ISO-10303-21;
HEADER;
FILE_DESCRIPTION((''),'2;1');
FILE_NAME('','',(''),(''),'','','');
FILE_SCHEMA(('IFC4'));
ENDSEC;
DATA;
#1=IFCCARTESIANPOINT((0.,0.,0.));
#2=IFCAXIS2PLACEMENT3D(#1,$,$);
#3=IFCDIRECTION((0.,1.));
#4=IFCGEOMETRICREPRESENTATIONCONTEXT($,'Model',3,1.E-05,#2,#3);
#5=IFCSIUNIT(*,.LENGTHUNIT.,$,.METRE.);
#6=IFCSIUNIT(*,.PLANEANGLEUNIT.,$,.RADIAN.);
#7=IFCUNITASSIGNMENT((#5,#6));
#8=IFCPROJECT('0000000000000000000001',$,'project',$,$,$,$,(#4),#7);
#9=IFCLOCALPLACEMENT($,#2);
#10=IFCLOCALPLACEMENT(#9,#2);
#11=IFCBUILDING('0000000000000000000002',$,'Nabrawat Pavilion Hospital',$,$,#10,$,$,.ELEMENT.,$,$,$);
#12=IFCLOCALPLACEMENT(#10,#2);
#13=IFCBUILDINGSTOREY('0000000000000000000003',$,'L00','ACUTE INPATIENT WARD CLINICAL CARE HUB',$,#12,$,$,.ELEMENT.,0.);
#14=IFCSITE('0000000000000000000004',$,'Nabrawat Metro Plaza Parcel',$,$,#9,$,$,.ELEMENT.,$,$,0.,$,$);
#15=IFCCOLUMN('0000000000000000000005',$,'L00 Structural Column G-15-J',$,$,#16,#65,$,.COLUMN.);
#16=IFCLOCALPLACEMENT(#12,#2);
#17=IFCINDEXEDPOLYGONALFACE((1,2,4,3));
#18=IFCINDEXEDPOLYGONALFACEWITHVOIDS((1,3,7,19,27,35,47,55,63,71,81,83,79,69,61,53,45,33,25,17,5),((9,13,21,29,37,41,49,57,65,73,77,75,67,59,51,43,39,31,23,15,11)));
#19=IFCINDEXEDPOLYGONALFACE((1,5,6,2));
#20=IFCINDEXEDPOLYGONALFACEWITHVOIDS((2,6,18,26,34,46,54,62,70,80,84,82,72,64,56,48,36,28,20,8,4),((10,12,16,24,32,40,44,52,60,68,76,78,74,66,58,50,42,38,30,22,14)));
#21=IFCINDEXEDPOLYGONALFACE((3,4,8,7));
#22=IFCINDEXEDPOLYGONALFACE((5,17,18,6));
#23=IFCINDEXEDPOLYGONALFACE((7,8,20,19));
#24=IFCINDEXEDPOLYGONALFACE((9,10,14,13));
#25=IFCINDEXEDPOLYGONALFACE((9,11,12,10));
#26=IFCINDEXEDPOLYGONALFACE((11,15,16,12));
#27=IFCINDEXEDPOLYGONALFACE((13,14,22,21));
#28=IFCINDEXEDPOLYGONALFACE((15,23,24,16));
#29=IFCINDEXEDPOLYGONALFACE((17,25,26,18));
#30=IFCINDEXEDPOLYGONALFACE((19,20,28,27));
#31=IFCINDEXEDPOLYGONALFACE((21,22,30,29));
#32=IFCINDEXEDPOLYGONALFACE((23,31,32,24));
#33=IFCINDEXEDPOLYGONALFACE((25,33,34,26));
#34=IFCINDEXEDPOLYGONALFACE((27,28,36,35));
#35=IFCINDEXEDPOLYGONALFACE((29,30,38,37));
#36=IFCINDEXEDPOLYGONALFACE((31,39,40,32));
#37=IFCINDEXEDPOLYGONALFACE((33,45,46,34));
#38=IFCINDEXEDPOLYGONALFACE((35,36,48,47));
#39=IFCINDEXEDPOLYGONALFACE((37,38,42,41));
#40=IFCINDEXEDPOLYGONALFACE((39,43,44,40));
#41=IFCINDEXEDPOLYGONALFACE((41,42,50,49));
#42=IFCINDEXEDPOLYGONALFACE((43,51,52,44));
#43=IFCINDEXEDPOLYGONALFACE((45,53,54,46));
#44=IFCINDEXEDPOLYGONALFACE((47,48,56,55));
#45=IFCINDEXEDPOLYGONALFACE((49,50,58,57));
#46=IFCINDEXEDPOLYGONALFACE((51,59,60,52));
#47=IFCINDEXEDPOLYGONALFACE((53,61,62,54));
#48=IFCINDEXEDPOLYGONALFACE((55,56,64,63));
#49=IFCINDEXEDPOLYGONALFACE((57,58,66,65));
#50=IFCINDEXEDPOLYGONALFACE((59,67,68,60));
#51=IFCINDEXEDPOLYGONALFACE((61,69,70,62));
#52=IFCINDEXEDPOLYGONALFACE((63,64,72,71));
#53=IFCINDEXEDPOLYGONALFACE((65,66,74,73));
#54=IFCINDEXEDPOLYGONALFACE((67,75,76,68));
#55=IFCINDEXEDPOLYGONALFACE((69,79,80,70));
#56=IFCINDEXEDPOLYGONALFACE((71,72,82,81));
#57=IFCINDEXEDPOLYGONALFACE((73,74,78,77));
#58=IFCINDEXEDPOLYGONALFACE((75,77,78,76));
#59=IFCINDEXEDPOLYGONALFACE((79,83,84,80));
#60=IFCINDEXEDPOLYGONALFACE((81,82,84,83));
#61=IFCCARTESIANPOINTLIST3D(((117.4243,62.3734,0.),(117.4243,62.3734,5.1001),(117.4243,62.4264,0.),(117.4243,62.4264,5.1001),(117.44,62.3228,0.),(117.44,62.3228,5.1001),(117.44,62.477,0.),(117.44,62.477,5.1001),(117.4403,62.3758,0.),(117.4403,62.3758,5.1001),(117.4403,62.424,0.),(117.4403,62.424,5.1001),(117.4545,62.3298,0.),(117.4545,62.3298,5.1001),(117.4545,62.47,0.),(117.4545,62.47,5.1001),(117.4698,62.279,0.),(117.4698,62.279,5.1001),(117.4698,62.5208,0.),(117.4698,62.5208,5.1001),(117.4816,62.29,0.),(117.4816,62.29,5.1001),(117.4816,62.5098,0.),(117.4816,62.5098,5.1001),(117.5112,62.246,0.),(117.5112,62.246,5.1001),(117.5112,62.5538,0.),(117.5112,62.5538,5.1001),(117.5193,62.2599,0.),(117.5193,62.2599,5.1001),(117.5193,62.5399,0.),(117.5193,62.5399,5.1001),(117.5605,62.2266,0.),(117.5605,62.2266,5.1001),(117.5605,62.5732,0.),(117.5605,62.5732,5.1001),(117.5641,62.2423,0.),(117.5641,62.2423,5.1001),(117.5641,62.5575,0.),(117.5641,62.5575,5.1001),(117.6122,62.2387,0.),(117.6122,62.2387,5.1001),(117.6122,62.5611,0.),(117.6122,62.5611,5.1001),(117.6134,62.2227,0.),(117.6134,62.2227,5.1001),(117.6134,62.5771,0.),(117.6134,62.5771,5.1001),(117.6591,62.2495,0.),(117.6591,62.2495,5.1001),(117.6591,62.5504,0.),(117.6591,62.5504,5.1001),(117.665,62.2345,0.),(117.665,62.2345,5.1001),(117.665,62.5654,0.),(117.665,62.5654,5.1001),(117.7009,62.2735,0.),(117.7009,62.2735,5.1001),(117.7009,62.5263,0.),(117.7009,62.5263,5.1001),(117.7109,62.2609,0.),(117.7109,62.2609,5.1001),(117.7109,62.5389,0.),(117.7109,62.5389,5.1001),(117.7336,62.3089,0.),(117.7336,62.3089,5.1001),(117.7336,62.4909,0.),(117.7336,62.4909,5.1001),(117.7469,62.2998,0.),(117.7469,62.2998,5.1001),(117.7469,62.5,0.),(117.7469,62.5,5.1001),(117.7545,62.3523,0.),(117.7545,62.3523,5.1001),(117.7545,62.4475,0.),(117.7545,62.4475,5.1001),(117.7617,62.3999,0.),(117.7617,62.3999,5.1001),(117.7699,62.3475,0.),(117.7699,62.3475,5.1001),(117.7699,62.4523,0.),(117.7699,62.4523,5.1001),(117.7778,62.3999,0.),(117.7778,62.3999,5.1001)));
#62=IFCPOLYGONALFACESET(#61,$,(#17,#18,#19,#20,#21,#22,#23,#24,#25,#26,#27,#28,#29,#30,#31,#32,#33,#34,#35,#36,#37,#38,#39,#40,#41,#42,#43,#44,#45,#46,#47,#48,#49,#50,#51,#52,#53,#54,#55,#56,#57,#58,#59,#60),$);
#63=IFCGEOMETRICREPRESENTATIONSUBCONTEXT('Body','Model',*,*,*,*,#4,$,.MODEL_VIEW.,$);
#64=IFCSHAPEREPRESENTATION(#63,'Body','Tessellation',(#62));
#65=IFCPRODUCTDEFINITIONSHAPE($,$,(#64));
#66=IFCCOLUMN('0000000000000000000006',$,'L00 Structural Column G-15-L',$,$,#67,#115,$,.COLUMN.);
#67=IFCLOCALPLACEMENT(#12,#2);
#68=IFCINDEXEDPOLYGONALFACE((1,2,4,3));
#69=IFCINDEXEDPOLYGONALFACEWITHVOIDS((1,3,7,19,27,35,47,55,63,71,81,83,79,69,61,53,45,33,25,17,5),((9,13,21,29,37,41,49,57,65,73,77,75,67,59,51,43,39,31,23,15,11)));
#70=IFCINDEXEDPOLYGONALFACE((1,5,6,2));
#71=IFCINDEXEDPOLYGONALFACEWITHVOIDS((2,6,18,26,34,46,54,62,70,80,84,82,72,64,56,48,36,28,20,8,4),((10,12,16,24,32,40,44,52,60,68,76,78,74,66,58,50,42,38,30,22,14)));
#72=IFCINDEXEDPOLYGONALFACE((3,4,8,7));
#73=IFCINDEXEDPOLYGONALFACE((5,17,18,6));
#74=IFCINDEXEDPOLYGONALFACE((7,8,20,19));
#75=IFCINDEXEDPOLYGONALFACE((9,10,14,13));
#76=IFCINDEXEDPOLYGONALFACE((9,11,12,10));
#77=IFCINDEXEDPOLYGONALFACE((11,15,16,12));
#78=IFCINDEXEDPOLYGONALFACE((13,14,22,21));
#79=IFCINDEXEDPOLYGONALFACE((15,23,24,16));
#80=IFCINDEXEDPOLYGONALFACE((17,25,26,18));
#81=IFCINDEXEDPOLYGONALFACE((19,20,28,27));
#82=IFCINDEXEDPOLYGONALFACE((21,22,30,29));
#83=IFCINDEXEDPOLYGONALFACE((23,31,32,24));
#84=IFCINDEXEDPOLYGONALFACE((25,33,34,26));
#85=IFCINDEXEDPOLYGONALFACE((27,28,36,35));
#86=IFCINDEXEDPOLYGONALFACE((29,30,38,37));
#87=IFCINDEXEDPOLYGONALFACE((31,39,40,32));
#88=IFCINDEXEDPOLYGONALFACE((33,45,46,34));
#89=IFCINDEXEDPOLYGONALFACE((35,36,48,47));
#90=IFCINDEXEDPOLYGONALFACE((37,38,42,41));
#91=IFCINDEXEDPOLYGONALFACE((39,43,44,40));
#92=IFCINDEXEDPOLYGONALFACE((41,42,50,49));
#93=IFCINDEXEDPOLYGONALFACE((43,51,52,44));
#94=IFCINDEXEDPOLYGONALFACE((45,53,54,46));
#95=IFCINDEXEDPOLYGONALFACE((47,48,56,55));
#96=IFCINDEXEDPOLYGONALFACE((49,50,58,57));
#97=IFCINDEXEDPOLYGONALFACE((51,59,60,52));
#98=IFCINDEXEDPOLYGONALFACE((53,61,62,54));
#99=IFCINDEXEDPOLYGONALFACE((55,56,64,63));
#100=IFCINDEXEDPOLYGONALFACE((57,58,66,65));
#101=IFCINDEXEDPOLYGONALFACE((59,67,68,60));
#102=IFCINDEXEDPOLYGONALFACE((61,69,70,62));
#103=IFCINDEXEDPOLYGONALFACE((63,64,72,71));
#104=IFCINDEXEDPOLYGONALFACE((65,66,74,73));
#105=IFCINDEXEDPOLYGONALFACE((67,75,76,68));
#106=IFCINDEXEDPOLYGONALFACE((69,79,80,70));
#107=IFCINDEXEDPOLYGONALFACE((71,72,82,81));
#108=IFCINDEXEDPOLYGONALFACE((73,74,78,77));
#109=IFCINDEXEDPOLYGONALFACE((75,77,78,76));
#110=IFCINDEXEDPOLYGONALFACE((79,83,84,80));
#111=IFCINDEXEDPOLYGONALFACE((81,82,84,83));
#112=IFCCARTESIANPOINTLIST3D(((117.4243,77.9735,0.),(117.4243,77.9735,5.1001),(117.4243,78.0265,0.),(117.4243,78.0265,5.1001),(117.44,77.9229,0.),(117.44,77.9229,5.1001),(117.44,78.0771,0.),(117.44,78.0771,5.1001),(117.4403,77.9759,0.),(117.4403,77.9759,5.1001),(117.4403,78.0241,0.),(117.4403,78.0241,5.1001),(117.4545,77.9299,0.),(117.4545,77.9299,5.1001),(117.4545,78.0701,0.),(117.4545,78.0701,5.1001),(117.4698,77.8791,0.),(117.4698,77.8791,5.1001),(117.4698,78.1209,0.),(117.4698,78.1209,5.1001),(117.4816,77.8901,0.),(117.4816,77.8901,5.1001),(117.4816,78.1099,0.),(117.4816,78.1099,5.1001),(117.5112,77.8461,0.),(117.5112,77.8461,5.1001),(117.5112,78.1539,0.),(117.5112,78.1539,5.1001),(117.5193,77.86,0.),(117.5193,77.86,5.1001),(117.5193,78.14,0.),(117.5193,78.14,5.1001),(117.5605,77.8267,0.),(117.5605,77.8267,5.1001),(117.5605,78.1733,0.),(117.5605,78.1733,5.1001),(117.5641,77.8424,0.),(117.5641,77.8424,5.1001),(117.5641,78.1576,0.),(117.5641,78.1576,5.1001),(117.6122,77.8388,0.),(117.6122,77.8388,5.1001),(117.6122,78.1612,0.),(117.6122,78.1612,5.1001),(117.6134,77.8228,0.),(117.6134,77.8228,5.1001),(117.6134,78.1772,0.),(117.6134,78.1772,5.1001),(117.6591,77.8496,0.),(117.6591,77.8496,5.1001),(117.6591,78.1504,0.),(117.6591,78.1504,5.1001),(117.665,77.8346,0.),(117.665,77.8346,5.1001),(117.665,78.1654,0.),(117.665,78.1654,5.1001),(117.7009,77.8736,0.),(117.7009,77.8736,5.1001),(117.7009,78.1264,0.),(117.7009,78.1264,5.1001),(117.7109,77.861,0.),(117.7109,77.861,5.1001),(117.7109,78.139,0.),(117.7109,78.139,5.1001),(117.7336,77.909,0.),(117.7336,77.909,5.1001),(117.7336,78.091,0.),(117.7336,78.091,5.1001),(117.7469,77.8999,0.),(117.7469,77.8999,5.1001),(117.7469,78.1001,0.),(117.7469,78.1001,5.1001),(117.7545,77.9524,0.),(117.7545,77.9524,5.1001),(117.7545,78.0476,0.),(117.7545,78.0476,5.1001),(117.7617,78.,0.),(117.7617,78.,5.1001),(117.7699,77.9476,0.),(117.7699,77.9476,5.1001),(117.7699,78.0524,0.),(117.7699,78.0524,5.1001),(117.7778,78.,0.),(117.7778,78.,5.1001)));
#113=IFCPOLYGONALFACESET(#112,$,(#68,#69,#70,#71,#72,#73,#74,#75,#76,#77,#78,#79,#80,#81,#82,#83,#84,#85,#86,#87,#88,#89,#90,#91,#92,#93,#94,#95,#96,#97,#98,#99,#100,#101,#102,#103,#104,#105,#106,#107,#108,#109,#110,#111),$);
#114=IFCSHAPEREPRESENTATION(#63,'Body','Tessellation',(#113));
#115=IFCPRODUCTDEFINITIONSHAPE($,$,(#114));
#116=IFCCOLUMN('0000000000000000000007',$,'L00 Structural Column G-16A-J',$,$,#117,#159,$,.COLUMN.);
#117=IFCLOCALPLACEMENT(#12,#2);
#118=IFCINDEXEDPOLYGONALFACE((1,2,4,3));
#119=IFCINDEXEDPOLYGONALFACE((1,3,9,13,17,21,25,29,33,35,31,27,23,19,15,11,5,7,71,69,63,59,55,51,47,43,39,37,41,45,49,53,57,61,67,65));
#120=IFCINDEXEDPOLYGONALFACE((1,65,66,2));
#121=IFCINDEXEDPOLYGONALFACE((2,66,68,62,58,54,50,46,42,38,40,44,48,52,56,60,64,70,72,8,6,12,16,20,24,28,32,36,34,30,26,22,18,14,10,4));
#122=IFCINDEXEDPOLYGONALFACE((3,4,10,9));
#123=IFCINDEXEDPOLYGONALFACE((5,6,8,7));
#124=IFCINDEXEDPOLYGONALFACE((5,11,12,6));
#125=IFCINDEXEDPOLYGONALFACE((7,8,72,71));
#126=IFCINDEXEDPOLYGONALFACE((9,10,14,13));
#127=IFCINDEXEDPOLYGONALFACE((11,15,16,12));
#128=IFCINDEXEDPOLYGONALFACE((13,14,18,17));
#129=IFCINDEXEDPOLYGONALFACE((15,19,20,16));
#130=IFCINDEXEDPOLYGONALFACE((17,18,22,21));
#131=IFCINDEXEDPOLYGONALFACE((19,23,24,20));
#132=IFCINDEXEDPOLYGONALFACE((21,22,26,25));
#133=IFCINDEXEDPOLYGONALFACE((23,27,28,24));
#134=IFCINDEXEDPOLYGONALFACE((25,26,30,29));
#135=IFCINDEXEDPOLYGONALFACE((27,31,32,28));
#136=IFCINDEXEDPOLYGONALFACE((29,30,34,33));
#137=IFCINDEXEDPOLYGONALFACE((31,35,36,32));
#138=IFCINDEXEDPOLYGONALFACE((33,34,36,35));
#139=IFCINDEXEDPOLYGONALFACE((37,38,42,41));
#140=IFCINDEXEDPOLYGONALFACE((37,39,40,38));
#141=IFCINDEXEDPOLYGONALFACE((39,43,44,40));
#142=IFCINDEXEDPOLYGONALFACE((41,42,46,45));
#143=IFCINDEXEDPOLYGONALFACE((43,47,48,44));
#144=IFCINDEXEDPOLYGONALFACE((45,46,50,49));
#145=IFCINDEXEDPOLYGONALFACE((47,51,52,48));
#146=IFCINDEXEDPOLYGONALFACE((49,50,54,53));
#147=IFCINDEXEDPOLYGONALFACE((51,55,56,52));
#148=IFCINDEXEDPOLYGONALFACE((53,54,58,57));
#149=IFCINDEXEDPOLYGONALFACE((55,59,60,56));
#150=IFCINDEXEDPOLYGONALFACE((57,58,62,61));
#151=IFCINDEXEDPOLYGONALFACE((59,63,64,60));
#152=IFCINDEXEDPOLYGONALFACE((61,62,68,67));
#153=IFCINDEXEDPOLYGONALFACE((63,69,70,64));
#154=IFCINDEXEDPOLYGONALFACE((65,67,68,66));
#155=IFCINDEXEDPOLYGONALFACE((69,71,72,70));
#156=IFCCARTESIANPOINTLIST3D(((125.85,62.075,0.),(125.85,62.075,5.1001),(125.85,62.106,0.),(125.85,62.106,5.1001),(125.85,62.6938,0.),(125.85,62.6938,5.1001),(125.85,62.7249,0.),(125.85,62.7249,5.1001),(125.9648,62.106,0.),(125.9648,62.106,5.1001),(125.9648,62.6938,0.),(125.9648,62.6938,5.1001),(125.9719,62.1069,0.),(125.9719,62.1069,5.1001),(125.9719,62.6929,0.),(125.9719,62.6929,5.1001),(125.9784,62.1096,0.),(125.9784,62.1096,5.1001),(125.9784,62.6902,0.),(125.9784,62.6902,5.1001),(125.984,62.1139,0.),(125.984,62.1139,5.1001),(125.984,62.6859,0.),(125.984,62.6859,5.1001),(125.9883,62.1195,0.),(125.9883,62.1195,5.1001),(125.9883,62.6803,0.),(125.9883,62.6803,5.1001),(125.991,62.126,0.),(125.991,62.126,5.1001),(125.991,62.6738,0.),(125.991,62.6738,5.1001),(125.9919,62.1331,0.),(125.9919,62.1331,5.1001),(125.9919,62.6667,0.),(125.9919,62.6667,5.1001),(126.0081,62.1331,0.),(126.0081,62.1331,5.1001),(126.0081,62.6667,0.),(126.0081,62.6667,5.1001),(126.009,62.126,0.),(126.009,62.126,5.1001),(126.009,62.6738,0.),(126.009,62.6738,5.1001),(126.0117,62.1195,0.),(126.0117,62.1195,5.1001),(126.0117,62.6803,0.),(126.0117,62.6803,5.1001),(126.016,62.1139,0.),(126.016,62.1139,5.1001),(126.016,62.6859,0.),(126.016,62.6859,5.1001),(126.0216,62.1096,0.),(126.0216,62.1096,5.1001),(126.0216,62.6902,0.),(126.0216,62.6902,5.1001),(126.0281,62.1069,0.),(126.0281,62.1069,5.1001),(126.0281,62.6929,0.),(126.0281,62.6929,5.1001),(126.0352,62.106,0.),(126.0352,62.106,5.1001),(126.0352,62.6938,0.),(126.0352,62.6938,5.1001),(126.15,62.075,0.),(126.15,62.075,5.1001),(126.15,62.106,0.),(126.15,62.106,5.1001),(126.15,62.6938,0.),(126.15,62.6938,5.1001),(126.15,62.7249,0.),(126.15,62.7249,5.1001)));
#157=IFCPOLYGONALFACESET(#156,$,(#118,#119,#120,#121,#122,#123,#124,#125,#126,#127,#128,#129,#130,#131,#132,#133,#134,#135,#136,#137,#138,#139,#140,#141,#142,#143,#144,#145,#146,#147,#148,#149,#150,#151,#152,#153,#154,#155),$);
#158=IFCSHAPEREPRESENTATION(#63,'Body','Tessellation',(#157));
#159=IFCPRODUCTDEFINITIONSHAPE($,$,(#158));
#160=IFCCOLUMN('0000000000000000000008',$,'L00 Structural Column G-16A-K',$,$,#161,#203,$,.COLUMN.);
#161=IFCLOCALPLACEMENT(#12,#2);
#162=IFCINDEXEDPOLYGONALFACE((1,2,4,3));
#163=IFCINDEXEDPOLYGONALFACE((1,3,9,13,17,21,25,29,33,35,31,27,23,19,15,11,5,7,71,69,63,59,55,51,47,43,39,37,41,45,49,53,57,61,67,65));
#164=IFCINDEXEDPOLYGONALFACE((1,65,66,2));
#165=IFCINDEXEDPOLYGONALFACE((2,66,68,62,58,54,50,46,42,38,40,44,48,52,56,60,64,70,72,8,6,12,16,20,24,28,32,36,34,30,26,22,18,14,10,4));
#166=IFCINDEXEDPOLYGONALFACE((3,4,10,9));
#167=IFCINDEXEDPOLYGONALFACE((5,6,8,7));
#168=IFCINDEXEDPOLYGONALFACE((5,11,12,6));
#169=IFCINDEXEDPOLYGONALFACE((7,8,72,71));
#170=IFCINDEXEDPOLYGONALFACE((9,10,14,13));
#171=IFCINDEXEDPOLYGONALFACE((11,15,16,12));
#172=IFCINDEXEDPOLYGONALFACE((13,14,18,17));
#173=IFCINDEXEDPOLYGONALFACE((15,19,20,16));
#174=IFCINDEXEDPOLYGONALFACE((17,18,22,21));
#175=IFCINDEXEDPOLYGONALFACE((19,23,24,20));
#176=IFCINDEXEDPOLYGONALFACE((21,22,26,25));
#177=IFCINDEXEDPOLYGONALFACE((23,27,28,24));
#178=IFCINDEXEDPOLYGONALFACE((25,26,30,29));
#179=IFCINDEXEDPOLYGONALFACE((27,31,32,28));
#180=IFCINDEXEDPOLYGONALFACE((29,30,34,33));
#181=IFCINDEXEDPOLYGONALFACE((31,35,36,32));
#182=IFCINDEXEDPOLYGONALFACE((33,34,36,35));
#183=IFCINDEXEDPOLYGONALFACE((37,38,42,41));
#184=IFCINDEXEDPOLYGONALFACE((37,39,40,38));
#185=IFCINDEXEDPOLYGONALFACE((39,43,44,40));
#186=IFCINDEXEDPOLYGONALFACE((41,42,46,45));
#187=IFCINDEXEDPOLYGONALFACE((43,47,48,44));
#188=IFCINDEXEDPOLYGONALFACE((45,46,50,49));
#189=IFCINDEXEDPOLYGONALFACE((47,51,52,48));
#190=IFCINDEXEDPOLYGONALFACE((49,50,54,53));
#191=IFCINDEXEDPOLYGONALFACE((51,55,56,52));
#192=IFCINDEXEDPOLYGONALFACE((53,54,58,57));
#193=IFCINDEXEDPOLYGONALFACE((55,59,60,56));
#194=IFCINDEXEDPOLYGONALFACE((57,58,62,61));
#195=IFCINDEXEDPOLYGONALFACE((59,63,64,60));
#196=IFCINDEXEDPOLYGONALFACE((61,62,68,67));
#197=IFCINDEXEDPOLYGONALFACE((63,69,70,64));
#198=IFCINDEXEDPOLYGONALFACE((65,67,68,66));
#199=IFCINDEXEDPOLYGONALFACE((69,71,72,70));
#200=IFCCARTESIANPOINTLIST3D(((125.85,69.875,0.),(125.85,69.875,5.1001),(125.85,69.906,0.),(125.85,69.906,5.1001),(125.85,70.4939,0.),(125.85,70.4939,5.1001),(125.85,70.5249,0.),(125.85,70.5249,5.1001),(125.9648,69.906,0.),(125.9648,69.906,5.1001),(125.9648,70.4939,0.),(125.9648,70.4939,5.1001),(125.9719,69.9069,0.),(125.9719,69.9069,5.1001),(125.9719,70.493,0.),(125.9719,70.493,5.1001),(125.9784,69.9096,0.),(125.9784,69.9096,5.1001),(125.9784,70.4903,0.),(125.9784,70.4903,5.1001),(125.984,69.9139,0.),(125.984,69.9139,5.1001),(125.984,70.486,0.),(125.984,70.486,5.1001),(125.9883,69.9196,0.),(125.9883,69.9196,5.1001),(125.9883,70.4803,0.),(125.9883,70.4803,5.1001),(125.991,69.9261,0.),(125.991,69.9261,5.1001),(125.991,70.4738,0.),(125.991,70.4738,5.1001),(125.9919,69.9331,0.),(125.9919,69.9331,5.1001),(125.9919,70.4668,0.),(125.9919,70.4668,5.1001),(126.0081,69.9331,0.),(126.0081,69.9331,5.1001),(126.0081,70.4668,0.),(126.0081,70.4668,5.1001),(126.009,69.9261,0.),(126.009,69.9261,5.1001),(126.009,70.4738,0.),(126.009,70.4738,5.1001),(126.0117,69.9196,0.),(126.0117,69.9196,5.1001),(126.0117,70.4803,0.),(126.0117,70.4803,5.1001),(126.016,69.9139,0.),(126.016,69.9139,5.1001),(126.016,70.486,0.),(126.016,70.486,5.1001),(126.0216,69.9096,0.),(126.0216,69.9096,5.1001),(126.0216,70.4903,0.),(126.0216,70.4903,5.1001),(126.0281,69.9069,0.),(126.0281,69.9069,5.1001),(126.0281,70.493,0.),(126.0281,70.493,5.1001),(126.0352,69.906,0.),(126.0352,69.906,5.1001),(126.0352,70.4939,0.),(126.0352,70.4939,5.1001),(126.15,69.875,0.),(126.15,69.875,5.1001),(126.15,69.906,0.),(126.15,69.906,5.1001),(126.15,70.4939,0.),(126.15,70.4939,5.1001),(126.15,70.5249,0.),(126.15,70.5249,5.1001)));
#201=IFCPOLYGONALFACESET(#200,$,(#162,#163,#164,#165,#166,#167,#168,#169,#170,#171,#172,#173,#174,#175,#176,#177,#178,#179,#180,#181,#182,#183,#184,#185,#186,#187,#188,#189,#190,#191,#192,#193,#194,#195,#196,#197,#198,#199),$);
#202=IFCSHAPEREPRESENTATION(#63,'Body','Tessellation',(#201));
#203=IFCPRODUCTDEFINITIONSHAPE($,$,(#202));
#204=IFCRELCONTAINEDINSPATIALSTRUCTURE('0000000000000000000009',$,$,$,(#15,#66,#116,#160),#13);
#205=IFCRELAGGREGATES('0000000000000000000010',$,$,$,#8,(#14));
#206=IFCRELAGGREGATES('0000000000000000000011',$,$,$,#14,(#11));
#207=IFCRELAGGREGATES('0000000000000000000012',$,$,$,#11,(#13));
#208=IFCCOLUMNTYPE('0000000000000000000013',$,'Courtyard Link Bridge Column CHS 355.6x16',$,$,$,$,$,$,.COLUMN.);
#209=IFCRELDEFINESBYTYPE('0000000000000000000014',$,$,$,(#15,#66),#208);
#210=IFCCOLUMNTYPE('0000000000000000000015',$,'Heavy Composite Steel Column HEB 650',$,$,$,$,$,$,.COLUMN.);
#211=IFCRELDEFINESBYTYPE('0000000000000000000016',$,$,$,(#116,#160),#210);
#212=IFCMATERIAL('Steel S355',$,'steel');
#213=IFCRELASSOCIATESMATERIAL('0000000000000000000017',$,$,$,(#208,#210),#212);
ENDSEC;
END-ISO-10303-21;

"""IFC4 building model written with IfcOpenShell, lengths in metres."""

from ifc_helpers import new_model, si_unit, direction, frame, origin, origin_2d, place, context, subcontext, project, spatial, hollow_circle, i_section, extrude, material, material_profile, profile_set, type_object, element, save


model = new_model("IFC4")

# Units and contexts
model_context = context("Model", 3, precision=1e-05, world=origin(), true_north=direction((0.0, 1.0)))
body_context = subcontext(model_context, "Body", "Model", "MODEL_VIEW")
ifc_project = project(units=[si_unit("LENGTHUNIT", "METRE"), si_unit("PLANEANGLEUNIT", "RADIAN")], contexts=[model_context])

# Site, building, storey
site_placement = place(None, origin())
site = spatial("IfcSite", under=ifc_project, at=site_placement, Name="Nabrawat Metro Plaza Parcel", CompositionType="ELEMENT", RefElevation=0.0)
building_placement = place(site_placement, origin())
building = spatial("IfcBuilding", under=site, at=building_placement, Name="Nabrawat Pavilion Hospital", CompositionType="ELEMENT")
storey_placement = place(building_placement, origin())
storey = spatial("IfcBuildingStorey", under=building, at=storey_placement, Name="L00", Description="ACUTE INPATIENT WARD CLINICAL CARE HUB", CompositionType="ELEMENT", Elevation=0.0)

# Columns
ifc_material_1 = material(Name="Steel S355", Category="steel")
ifc_material_profile_1 = material_profile(ifc_material_1, hollow_circle(Radius=0.1777, WallThickness=0.0161, at=origin_2d()), Name="CHS 355.6x16")
ifc_profile_set_1 = profile_set([ifc_material_profile_1], Name="Steel S355")
column_type_1 = type_object("IfcColumnType", Name="Courtyard Link Bridge Column CHS 355.6x16", PredefinedType="COLUMN", material=ifc_profile_set_1)
for number, where, z_axis, x_axis, name in (
    (1, (117.6001, 62.3999, 0.0), (0.0, 0.0, 1.0), (1.0, 0.0, 0.0), "L00 Structural Column G-15-J"),
    (2, (117.6001, 78.0, 0.0), (0.0, 0.0, 1.0), (1.0, 0.0, 0.0), "L00 Structural Column G-15-L"),
):
    element("IfcColumn", number, at=place(storey_placement, frame(where, z_axis=z_axis, x_axis=x_axis)), inside=storey, type_object=column_type_1, Name=name, PredefinedType="COLUMN", context=body_context, shape_type="SweptSolid", body=[
        extrude(hollow_circle(Radius=0.1777, WallThickness=0.0161, at=origin_2d()), origin(), (0.0, 0.0, 1.0), 5.1001),
    ])
ifc_material_profile_2 = material_profile(ifc_material_1, i_section(OverallWidth=0.3, OverallDepth=0.6499, WebThickness=0.0161, FlangeThickness=0.031, FilletRadius=0.0271, at=origin_2d()), Name="HEB 650")
ifc_profile_set_2 = profile_set([ifc_material_profile_2], Name="Steel S355")
column_type_2 = type_object("IfcColumnType", Name="Heavy Composite Steel Column HEB 650", PredefinedType="COLUMN", material=ifc_profile_set_2)
for number, where, z_axis, x_axis, name in (
    (3, (126.0, 62.3999, 0.0), (0.0, 0.0, 1.0), (1.0, 0.0, 0.0), "L00 Structural Column G-16A-J"),
    (4, (126.0, 70.2, 0.0), (0.0, 0.0, 1.0), (1.0, 0.0, 0.0), "L00 Structural Column G-16A-K"),
):
    element("IfcColumn", number, at=place(storey_placement, frame(where, z_axis=z_axis, x_axis=x_axis)), inside=storey, type_object=column_type_2, Name=name, PredefinedType="COLUMN", context=body_context, shape_type="SweptSolid", body=[
        extrude(i_section(OverallWidth=0.3, OverallDepth=0.6499, WebThickness=0.0161, FlangeThickness=0.031, FilletRadius=0.0271, at=origin_2d()), origin(), (0.0, 0.0, 1.0), 5.1001),
    ])

save(model, "model.ifc")
